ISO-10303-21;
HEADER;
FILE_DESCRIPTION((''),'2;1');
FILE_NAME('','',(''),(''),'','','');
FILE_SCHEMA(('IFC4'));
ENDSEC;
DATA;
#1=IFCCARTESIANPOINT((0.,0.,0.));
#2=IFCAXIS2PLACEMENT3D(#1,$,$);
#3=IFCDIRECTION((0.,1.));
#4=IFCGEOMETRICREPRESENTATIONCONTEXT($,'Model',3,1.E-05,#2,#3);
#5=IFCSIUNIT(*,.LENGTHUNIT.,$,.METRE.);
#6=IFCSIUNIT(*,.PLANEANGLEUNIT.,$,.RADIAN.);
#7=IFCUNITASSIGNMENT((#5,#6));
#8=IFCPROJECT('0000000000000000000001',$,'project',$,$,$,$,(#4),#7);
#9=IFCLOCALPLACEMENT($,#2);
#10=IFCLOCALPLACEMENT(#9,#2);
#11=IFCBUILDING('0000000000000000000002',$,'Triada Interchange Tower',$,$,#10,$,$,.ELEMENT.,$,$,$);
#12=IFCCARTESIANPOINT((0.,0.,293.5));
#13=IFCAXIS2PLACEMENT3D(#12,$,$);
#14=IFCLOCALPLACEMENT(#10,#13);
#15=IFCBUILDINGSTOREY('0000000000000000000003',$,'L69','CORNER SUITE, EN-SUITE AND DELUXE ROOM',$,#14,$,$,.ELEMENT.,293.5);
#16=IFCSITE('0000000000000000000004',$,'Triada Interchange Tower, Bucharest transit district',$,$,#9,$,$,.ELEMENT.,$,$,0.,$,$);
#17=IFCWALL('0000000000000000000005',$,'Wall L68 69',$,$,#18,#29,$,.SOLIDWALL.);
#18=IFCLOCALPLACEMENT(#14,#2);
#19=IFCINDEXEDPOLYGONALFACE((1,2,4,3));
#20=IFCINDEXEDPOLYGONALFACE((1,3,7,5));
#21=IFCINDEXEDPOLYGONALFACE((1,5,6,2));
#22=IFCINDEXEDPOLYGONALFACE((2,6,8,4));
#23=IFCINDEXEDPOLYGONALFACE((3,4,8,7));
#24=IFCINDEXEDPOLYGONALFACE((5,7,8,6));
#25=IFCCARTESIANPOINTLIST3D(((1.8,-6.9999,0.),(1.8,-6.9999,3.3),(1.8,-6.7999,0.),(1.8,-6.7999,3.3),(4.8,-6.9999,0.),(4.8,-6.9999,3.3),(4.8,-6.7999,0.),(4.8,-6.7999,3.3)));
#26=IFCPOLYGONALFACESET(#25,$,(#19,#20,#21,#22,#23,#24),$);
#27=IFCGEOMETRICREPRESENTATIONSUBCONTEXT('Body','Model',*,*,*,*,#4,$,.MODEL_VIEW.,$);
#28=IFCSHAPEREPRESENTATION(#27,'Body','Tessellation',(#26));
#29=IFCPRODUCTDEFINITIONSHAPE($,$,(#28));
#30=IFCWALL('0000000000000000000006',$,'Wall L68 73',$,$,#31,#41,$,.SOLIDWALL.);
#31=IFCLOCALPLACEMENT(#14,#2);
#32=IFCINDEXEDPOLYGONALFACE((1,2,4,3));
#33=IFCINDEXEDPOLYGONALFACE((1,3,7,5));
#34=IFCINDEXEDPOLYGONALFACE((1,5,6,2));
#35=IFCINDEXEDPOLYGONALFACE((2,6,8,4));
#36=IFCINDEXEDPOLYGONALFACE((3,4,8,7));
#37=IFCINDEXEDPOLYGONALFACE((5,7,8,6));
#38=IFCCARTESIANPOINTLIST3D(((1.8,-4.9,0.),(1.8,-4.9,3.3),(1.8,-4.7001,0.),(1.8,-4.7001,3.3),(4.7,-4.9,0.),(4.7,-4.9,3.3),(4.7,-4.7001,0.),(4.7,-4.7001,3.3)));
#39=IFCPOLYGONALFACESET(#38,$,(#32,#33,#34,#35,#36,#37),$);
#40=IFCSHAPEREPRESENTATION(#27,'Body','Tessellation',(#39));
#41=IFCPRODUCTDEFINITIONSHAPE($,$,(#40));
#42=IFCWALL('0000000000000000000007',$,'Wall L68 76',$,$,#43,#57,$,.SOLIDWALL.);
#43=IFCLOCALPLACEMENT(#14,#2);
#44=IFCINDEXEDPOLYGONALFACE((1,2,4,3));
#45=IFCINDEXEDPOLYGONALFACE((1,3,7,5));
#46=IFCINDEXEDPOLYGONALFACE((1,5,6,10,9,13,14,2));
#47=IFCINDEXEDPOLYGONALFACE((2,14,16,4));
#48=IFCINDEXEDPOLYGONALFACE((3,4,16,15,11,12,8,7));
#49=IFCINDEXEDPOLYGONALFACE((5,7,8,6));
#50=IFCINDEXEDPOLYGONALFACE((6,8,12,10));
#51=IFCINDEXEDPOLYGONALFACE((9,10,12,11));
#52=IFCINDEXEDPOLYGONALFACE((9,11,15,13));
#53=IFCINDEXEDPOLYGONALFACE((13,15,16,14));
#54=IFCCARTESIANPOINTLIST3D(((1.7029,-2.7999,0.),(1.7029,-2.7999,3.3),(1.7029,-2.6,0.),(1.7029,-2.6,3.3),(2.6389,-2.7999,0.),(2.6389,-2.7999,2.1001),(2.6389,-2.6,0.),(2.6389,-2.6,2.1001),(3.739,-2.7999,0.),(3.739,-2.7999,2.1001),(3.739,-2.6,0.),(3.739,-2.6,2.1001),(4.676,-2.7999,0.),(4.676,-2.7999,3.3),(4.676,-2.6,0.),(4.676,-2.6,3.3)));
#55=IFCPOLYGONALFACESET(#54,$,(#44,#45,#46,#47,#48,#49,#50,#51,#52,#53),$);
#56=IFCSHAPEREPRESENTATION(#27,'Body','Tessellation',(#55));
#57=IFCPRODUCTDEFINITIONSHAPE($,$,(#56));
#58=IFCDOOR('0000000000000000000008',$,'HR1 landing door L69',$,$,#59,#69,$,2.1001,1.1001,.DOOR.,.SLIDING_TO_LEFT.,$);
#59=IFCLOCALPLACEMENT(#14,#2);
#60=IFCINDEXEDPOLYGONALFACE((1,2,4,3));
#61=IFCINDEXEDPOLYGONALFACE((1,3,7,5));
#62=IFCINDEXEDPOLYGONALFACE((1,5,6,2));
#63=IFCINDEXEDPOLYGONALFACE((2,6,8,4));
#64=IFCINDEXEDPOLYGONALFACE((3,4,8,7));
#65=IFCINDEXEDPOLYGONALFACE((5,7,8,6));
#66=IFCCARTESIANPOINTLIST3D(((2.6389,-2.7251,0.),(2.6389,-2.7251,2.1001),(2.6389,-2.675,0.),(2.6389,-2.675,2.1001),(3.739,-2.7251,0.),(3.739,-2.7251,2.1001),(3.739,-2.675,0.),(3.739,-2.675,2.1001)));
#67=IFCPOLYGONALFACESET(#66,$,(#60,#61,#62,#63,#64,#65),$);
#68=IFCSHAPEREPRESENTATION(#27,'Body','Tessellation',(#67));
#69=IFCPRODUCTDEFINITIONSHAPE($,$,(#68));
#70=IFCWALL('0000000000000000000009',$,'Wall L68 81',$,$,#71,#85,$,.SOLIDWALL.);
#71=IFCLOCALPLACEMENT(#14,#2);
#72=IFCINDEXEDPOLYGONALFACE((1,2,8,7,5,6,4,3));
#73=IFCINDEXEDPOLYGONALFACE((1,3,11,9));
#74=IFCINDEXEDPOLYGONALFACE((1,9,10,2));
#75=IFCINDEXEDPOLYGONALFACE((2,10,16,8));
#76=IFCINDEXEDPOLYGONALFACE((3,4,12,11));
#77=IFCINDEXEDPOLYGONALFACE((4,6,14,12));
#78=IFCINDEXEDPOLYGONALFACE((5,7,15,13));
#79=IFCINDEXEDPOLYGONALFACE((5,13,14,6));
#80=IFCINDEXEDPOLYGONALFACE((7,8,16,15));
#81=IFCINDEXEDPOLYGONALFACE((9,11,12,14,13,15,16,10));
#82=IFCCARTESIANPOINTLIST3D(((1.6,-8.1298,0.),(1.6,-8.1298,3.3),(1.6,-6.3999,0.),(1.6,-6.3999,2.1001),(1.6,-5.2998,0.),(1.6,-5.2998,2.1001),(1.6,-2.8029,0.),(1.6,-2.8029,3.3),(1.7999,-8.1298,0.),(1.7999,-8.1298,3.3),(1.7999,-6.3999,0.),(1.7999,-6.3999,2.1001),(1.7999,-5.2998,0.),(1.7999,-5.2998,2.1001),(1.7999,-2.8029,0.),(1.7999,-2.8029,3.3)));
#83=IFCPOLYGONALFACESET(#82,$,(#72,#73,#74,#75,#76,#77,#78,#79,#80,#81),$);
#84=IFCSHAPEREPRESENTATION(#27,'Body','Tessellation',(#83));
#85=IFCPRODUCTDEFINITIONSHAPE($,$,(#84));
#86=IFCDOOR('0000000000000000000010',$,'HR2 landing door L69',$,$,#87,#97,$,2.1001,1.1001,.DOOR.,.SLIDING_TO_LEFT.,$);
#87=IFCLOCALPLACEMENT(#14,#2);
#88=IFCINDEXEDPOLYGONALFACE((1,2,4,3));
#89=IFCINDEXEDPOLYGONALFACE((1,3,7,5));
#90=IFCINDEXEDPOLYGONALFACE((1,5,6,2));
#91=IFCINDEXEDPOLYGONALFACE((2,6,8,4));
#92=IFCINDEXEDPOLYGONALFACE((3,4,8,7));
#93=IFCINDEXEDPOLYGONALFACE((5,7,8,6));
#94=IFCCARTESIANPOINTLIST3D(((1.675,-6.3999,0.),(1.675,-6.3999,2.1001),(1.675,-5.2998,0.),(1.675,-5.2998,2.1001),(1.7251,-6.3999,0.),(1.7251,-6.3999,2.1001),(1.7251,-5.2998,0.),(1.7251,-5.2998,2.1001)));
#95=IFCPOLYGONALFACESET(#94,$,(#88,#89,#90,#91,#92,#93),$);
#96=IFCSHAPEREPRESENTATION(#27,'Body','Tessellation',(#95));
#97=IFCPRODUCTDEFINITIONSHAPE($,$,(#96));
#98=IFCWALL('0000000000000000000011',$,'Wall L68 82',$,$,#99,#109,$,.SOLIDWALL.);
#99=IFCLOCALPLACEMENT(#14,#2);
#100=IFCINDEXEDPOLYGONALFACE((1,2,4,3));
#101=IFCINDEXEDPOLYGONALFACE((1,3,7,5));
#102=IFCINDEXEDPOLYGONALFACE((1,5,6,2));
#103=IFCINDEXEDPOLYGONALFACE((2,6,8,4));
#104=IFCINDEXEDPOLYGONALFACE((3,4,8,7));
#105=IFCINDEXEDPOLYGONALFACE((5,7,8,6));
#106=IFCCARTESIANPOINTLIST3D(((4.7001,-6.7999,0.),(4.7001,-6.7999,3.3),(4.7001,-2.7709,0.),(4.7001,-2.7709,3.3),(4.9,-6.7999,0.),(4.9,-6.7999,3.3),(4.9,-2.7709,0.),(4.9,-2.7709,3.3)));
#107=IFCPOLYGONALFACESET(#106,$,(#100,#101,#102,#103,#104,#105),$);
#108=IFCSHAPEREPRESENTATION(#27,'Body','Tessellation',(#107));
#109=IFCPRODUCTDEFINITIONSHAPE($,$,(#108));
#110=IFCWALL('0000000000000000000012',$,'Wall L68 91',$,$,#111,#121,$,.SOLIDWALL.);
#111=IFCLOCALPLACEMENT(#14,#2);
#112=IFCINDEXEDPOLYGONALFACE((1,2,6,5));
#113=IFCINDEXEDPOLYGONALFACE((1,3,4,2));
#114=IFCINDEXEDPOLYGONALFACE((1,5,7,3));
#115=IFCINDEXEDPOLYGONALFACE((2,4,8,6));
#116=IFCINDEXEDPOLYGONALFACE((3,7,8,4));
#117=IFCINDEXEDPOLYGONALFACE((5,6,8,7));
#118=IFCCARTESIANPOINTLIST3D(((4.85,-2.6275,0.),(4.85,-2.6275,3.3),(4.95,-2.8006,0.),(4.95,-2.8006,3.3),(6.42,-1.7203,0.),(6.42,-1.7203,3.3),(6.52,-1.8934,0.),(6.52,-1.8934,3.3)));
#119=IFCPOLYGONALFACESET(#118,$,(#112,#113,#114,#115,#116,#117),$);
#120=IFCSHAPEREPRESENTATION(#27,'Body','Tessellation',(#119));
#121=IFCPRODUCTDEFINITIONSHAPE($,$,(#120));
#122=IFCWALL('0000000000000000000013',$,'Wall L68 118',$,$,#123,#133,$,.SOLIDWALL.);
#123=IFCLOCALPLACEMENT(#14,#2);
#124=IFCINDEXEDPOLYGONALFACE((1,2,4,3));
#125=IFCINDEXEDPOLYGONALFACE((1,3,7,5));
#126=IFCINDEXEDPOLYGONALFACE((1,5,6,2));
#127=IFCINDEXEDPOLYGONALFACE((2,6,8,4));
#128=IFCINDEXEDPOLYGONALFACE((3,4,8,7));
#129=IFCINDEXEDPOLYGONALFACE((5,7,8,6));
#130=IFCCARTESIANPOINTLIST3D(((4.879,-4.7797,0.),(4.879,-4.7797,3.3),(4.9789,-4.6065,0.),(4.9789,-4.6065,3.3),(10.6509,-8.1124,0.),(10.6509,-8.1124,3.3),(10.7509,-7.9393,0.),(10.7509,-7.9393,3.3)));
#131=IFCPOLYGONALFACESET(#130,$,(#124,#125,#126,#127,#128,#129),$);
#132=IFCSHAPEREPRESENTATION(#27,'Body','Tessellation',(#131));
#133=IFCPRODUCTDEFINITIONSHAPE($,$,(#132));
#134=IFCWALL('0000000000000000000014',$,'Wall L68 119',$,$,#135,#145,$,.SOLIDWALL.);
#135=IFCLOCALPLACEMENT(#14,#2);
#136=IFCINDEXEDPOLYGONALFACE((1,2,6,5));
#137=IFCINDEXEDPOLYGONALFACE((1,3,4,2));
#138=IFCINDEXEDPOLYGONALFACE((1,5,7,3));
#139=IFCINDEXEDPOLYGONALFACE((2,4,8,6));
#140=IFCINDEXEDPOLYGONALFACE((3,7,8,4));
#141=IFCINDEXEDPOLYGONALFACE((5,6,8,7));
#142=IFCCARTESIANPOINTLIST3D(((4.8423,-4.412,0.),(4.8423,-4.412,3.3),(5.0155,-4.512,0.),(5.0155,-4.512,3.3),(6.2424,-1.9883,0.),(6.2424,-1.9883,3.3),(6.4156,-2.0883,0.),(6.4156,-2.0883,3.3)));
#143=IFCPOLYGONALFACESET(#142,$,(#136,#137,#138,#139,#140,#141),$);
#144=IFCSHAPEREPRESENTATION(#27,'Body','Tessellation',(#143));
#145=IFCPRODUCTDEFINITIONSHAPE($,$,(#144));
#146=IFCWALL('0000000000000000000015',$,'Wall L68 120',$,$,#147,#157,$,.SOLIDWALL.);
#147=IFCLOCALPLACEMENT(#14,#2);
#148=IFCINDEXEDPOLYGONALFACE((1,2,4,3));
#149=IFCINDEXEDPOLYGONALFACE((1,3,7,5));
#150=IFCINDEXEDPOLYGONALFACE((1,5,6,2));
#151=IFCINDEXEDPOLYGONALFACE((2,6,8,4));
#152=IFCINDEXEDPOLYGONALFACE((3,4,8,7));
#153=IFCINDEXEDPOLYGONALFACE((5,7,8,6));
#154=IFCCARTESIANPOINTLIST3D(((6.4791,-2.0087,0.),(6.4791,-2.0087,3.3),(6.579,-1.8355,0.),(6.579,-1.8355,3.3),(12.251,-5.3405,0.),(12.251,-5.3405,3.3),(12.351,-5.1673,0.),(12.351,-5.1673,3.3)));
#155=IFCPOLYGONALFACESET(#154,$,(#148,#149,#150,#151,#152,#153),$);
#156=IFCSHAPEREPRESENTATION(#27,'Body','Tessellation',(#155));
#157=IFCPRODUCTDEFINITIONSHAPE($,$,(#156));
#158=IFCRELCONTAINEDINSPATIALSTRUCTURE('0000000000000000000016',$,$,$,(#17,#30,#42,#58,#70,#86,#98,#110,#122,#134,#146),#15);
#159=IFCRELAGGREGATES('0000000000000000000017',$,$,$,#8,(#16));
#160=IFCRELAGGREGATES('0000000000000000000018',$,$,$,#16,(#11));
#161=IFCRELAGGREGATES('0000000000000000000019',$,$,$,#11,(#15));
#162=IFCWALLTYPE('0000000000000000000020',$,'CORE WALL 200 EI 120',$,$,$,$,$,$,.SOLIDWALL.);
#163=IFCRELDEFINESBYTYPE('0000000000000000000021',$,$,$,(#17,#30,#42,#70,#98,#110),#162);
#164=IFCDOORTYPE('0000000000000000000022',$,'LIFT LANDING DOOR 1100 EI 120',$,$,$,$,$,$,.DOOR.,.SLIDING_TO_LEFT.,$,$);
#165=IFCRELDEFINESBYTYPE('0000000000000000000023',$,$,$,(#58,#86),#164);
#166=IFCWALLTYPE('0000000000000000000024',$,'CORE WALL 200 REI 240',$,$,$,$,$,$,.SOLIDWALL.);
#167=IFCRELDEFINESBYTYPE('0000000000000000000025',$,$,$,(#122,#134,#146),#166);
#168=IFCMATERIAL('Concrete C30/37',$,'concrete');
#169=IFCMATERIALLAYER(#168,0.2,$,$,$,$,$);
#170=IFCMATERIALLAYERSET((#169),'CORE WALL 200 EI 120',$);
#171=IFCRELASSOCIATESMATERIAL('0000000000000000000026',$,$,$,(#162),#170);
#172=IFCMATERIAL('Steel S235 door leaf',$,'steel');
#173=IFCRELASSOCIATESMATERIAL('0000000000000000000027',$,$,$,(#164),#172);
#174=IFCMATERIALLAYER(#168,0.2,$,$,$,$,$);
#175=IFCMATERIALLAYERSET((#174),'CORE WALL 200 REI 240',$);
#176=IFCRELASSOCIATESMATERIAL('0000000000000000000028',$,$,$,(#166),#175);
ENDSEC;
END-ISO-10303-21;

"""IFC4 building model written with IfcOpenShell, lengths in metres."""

from ifc_helpers import new_model, si_unit, direction, frame, frame_2d, origin, place, context, subcontext, project, spatial, rectangle, extrude, material, layer, layer_set, type_object, element, fill, save


model = new_model("IFC4")

# Units and contexts
model_context = context("Model", 3, precision=1e-05, world=origin(), true_north=direction((0.0, 1.0)))
body_context = subcontext(model_context, "Body", "Model", "MODEL_VIEW")
ifc_project = project(units=[si_unit("LENGTHUNIT", "METRE"), si_unit("PLANEANGLEUNIT", "RADIAN")], contexts=[model_context])

# Site, building, storey
site_placement = place(None, origin())
site = spatial("IfcSite", under=ifc_project, at=site_placement, Name="Triada Interchange Tower, Bucharest transit district", CompositionType="ELEMENT", RefElevation=0.0)
building_placement = place(site_placement, origin())
building = spatial("IfcBuilding", under=site, at=building_placement, Name="Triada Interchange Tower", CompositionType="ELEMENT")
storey_placement = place(building_placement, frame((0.0, 0.0, 293.5)))
storey = spatial("IfcBuildingStorey", under=building, at=storey_placement, Name="L69", Description="CORNER SUITE, EN-SUITE AND DELUXE ROOM", CompositionType="ELEMENT", Elevation=293.5)

# Walls
ifc_material_1 = material(Name="Concrete C30/37", Category="concrete")
ifc_layer_1 = layer(ifc_material_1, 0.2)
ifc_layer_set_1 = layer_set([ifc_layer_1], Name="CORE WALL 200 EI 120")
wall_type_1 = type_object("IfcWallType", Name="CORE WALL 200 EI 120", PredefinedType="SOLIDWALL", material=ifc_layer_set_1)
wall_1_placement = place(storey_placement, frame((1.8, -6.8999, 0.0), z_axis=(0.0, 0.0, 1.0), x_axis=(1.0, 0.0, 0.0)))
element("IfcWall", 1, at=wall_1_placement, inside=storey, type_object=wall_type_1, Name="Wall L68 69", PredefinedType="SOLIDWALL", context=body_context, shape_type="SweptSolid", body=[
    extrude(rectangle(XDim=3.0, YDim=0.2, at=frame_2d((1.5, 0.0))), origin(), (0.0, 0.0, 1.0), 3.3),
])
wall_2_placement = place(storey_placement, frame((1.8, -4.8, 0.0), z_axis=(0.0, 0.0, 1.0), x_axis=(1.0, 0.0, 0.0)))
element("IfcWall", 2, at=wall_2_placement, inside=storey, type_object=wall_type_1, Name="Wall L68 73", PredefinedType="SOLIDWALL", context=body_context, shape_type="SweptSolid", body=[
    extrude(rectangle(XDim=2.8999, YDim=0.2, at=frame_2d((1.45, 0.0))), origin(), (0.0, 0.0, 1.0), 3.3),
])

# Walls, openings, doors
wall_3_placement = place(storey_placement, frame((1.7029, -2.7, 0.0), z_axis=(0.0, 0.0, 1.0), x_axis=(1.0, 0.0, 0.0)))
wall_3 = element("IfcWall", 3, at=wall_3_placement, inside=storey, type_object=wall_type_1, Name="Wall L68 76", PredefinedType="SOLIDWALL", context=body_context, shape_type="SweptSolid", body=[
    extrude(rectangle(XDim=2.9731, YDim=0.2, at=frame_2d((1.4866, 0.0))), origin(), (0.0, 0.0, 1.0), 3.3),
])
opening_1_placement = place(wall_3_placement, frame((0.936, 0.0, 0.0)))
opening_1 = element("IfcOpeningElement", 4, at=opening_1_placement, cuts=wall_3, PredefinedType="OPENING", context=body_context, shape_type="SweptSolid", body=[
    extrude(rectangle(XDim=1.1001, YDim=2.1001, at=frame_2d((0.55, 1.05))), frame((0.0, 0.1099, 0.0), z_axis=(0.0, -1.0, 0.0), x_axis=(1.0, 0.0, 0.0)), (0.0, 0.0, 1.0), 0.22),
])
ifc_material_2 = material(Name="Steel S235 door leaf", Category="steel")
door_type_1 = type_object("IfcDoorType", Name="LIFT LANDING DOOR 1100 EI 120", OperationType="SLIDING_TO_LEFT", PredefinedType="DOOR", material=ifc_material_2)
door_1_placement = place(opening_1_placement, origin())
door_1 = element("IfcDoor", 5, at=door_1_placement, inside=storey, type_object=door_type_1, Name="HR1 landing door L69", OperationType="SLIDING_TO_LEFT", OverallHeight=2.1001, OverallWidth=1.1001, PredefinedType="DOOR", context=body_context, shape_type="SweptSolid", body=[
    extrude(rectangle(XDim=1.1001, YDim=2.1001, at=frame_2d((0.55, 1.05))), frame((0.0, 0.0249, 0.0), z_axis=(0.0, -1.0, 0.0), x_axis=(1.0, 0.0, 0.0)), (0.0, 0.0, 1.0), 0.05),
])
fill(opening_1, door_1)
wall_4_placement = place(storey_placement, frame((1.7, -8.1299, 0.0), z_axis=(0.0, 0.0, 1.0), x_axis=(0.0, 1.0, 0.0)))
wall_4 = element("IfcWall", 6, at=wall_4_placement, inside=storey, type_object=wall_type_1, Name="Wall L68 81", PredefinedType="SOLIDWALL", context=body_context, shape_type="SweptSolid", body=[
    extrude(rectangle(XDim=5.3269, YDim=0.2, at=frame_2d((2.6636, 0.0))), origin(), (0.0, 0.0, 1.0), 3.3),
])
opening_2_placement = place(wall_4_placement, frame((1.73, 0.0, 0.0)))
opening_2 = element("IfcOpeningElement", 7, at=opening_2_placement, cuts=wall_4, PredefinedType="OPENING", context=body_context, shape_type="SweptSolid", body=[
    extrude(rectangle(XDim=1.1001, YDim=2.1001, at=frame_2d((0.55, 1.05))), frame((0.0, 0.1099, 0.0), z_axis=(0.0, -1.0, 0.0), x_axis=(1.0, 0.0, 0.0)), (0.0, 0.0, 1.0), 0.22),
])
door_2_placement = place(opening_2_placement, origin())
door_2 = element("IfcDoor", 8, at=door_2_placement, inside=storey, type_object=door_type_1, Name="HR2 landing door L69", OperationType="SLIDING_TO_LEFT", OverallHeight=2.1001, OverallWidth=1.1001, PredefinedType="DOOR", context=body_context, shape_type="SweptSolid", body=[
    extrude(rectangle(XDim=1.1001, YDim=2.1001, at=frame_2d((0.55, 1.05))), frame((0.0, 0.0249, 0.0), z_axis=(0.0, -1.0, 0.0), x_axis=(1.0, 0.0, 0.0)), (0.0, 0.0, 1.0), 0.05),
])
fill(opening_2, door_2)

# Walls
wall_5_placement = place(storey_placement, frame((4.8, -6.8, 0.0), z_axis=(0.0, 0.0, 1.0), x_axis=(0.0, 1.0, 0.0)))
element("IfcWall", 9, at=wall_5_placement, inside=storey, type_object=wall_type_1, Name="Wall L68 82", PredefinedType="SOLIDWALL", context=body_context, shape_type="SweptSolid", body=[
    extrude(rectangle(XDim=4.0291, YDim=0.2, at=frame_2d((2.0146, 0.0))), origin(), (0.0, 0.0, 1.0), 3.3),
])
wall_6_placement = place(storey_placement, frame((4.8999, -2.7141, 0.0), z_axis=(0.0, 0.0, 1.0), x_axis=(0.865847, 0.500309, 0.0)))
element("IfcWall", 10, at=wall_6_placement, inside=storey, type_object=wall_type_1, Name="Wall L68 91", PredefinedType="SOLIDWALL", context=body_context, shape_type="SweptSolid", body=[
    extrude(rectangle(XDim=1.8132, YDim=0.2, at=frame_2d((0.9067, 0.0))), origin(), (0.0, 0.0, 1.0), 3.3),
])
ifc_layer_2 = layer(ifc_material_1, 0.2)
ifc_layer_set_2 = layer_set([ifc_layer_2], Name="CORE WALL 200 REI 240")
wall_type_2 = type_object("IfcWallType", Name="CORE WALL 200 REI 240", PredefinedType="SOLIDWALL", material=ifc_layer_set_2)
wall_7_placement = place(storey_placement, frame((4.929, -4.6931, 0.0), z_axis=(0.0, 0.0, 1.0), x_axis=(0.866005, -0.500035, 0.0)))
element("IfcWall", 11, at=wall_7_placement, inside=storey, type_object=wall_type_2, Name="Wall L68 118", PredefinedType="SOLIDWALL", context=body_context, shape_type="SweptSolid", body=[
    extrude(rectangle(XDim=6.665, YDim=0.2, at=frame_2d((3.3325, 0.0))), origin(), (0.0, 0.0, 1.0), 3.3),
])
wall_8_placement = place(storey_placement, frame((4.929, -4.4619, 0.0), z_axis=(0.0, 0.0, 1.0), x_axis=(0.500201, 0.86591, 0.0)))
element("IfcWall", 12, at=wall_8_placement, inside=storey, type_object=wall_type_2, Name="Wall L68 119", PredefinedType="SOLIDWALL", context=body_context, shape_type="SweptSolid", body=[
    extrude(rectangle(XDim=2.7991, YDim=0.2, at=frame_2d((1.3994, 0.0))), origin(), (0.0, 0.0, 1.0), 3.3),
])
wall_9_placement = place(storey_placement, frame((6.5291, -1.9221, 0.0), z_axis=(0.0, 0.0, 1.0), x_axis=(0.866068, -0.499925, 0.0)))
element("IfcWall", 13, at=wall_9_placement, inside=storey, type_object=wall_type_2, Name="Wall L68 120", PredefinedType="SOLIDWALL", context=body_context, shape_type="SweptSolid", body=[
    extrude(rectangle(XDim=6.6646, YDim=0.2, at=frame_2d((3.3323, 0.0))), origin(), (0.0, 0.0, 1.0), 3.3),
])

save(model, "model.ifc")
